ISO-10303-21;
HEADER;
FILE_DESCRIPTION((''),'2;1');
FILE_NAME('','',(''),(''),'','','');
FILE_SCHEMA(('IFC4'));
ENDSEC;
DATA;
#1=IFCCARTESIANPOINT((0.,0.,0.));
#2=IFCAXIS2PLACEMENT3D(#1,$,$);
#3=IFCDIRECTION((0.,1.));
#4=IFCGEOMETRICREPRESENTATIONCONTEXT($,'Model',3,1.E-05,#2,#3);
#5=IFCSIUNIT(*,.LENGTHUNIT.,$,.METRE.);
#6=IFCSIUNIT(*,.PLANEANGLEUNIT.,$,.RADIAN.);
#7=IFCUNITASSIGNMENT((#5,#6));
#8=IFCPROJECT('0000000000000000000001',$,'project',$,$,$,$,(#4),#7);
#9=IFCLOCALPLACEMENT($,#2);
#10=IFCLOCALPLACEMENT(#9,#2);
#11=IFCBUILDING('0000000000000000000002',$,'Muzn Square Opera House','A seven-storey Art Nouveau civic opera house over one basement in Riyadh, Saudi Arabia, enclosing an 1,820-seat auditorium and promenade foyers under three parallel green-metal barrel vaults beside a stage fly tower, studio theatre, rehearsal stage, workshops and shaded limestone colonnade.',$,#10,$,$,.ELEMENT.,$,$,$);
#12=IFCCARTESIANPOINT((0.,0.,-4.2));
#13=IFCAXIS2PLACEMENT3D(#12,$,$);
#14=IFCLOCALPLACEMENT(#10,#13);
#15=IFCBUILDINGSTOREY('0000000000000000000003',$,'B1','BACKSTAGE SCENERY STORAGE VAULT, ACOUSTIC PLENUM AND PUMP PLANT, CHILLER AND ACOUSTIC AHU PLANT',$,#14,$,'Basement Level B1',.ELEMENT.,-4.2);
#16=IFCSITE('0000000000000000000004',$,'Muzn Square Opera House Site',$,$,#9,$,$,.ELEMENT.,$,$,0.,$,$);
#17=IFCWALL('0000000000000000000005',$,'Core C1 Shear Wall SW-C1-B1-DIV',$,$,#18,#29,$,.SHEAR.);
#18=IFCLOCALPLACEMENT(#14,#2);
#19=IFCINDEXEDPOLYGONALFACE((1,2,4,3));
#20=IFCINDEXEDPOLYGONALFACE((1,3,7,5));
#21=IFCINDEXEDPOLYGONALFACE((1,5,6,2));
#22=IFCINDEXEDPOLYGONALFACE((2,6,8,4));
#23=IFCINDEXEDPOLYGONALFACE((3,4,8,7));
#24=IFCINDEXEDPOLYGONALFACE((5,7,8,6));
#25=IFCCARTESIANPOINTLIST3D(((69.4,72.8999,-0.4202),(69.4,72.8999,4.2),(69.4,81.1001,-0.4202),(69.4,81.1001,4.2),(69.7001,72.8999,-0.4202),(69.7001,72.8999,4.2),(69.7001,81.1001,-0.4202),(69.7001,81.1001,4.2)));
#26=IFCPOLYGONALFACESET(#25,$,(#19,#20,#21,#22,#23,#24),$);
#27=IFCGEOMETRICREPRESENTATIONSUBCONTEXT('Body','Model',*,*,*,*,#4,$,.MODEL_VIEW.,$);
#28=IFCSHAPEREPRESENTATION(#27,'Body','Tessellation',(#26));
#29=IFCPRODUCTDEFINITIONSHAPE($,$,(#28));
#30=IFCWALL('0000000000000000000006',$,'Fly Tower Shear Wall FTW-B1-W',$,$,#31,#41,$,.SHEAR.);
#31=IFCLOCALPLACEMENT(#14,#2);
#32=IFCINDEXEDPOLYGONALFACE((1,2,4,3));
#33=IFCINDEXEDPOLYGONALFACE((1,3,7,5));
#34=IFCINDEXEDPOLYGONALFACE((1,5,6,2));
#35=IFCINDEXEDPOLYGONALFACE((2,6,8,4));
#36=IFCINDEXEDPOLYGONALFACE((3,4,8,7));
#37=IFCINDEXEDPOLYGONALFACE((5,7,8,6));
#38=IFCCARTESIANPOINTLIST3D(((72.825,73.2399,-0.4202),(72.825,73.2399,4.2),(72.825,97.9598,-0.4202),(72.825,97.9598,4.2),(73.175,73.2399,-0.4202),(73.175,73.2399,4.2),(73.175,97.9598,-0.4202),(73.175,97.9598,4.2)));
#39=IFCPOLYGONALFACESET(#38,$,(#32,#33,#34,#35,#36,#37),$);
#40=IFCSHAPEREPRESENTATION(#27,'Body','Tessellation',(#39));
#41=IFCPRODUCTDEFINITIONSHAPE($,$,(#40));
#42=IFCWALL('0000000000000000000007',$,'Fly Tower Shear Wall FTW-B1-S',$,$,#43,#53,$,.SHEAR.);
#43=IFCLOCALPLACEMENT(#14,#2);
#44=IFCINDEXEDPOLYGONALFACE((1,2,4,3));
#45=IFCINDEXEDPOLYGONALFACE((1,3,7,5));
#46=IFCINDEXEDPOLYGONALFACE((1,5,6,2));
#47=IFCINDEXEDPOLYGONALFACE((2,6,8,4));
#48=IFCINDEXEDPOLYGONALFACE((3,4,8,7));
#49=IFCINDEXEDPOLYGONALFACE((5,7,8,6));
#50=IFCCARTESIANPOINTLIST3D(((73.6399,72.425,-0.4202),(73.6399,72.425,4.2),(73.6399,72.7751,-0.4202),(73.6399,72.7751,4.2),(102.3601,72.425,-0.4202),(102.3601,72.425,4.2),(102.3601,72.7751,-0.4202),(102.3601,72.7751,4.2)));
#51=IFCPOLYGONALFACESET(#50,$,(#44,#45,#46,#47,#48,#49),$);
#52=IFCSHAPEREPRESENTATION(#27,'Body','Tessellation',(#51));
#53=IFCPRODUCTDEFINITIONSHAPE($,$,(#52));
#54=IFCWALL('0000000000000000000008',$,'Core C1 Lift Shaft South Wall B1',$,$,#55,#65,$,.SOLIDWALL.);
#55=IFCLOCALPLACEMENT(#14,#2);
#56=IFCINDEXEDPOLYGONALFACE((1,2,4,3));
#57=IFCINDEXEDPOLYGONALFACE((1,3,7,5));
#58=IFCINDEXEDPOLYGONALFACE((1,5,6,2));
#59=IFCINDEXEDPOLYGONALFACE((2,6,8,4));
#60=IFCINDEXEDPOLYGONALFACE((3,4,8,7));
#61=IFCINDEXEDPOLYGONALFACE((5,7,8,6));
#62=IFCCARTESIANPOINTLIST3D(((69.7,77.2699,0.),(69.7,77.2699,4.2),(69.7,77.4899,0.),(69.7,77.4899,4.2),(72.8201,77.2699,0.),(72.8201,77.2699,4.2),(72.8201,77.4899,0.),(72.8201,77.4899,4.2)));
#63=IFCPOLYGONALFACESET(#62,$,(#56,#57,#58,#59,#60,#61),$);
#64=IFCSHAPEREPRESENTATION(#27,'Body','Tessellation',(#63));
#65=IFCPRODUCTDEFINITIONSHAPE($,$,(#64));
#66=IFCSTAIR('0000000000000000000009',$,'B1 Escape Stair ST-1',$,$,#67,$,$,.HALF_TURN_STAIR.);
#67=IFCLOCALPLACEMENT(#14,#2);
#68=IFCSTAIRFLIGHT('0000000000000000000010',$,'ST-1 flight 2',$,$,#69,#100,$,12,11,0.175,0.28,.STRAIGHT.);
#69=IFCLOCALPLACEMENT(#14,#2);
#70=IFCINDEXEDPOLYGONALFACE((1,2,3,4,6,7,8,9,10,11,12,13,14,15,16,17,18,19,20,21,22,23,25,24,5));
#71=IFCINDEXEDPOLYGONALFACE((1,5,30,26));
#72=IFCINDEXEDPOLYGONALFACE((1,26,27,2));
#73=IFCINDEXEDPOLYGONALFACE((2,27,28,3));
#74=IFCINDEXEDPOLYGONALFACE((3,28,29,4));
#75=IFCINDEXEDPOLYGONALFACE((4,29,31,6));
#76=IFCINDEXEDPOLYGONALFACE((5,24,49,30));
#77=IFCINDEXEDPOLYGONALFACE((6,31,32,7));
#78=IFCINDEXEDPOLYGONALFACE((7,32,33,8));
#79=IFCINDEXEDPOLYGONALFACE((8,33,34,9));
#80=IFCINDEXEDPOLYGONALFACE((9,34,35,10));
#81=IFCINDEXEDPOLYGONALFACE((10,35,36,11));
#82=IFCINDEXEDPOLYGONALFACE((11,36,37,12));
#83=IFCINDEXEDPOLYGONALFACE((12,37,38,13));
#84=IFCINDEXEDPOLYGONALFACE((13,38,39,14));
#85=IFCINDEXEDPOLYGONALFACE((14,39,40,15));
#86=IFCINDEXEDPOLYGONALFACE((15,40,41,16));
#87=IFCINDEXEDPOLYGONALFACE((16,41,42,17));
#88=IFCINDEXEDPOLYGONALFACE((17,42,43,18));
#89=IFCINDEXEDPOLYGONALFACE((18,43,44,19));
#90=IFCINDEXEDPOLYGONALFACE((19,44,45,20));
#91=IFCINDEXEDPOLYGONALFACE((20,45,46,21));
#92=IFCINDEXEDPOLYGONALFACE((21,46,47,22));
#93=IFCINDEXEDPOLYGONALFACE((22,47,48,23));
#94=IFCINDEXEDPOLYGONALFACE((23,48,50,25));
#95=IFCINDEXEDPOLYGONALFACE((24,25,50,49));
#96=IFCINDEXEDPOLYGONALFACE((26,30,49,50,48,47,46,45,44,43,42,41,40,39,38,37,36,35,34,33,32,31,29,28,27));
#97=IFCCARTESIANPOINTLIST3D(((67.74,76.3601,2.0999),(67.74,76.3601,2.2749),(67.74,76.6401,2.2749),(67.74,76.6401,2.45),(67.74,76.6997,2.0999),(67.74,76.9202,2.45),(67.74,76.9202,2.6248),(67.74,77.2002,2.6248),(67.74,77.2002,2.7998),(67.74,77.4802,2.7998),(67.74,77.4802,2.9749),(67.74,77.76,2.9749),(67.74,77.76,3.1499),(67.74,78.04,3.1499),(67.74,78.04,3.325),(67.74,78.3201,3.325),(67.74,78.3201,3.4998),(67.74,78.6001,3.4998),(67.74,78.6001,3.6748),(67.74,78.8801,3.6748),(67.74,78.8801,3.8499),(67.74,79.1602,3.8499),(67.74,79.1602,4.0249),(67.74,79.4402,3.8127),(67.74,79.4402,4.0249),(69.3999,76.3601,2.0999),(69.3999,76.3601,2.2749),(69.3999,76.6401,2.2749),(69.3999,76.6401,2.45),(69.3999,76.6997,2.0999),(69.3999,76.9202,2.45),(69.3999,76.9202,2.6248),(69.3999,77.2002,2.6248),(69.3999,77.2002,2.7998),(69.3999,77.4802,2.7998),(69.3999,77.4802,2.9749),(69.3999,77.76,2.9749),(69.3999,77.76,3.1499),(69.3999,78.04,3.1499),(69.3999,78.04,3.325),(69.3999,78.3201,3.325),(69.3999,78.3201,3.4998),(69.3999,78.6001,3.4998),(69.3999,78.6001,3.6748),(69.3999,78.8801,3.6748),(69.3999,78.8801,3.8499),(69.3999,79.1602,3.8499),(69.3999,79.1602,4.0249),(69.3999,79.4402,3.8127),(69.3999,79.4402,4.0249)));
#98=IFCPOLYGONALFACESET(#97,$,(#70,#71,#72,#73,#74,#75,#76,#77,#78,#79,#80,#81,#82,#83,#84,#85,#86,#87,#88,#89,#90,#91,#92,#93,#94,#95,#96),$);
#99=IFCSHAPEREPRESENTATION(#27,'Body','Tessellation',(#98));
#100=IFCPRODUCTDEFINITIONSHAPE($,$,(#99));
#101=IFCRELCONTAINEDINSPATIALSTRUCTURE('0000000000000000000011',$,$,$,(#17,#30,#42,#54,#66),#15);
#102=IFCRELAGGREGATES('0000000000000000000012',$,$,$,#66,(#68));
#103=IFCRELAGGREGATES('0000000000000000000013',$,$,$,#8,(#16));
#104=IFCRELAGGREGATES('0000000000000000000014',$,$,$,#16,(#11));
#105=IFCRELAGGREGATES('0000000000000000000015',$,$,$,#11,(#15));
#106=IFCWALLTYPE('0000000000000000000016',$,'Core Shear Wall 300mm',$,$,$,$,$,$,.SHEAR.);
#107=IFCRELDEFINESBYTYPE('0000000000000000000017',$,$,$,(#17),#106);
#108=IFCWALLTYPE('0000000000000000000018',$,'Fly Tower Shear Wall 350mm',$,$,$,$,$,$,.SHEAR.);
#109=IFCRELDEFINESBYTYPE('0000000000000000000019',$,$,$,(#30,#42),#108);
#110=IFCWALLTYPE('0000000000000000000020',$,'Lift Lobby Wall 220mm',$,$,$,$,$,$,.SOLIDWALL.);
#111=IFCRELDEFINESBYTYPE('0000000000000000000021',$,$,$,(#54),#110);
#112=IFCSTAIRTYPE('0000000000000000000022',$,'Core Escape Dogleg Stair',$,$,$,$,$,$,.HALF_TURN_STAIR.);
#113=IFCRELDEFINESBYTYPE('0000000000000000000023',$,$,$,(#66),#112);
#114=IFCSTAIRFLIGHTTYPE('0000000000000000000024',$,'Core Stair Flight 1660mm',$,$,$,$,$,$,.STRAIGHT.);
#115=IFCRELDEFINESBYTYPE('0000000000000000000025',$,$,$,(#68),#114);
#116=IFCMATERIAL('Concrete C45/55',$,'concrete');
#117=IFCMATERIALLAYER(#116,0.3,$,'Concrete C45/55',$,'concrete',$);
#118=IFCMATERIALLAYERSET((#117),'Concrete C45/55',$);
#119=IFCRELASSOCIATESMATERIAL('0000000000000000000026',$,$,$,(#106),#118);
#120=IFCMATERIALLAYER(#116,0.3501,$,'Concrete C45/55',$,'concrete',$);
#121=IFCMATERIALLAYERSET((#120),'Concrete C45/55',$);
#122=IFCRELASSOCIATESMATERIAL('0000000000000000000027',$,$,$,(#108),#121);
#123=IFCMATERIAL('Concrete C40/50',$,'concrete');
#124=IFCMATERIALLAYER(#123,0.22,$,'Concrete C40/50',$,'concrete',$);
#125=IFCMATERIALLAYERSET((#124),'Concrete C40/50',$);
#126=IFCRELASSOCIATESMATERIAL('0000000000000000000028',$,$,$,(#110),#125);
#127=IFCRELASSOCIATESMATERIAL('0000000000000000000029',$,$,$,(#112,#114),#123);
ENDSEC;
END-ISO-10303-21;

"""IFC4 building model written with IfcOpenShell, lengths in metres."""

from ifc_helpers import new_model, si_unit, direction, frame, frame_2d, origin, place, context, subcontext, project, spatial, polyline, rectangle, outline, extrude, material, layer, layer_set, type_object, element, aggregate, save


model = new_model("IFC4")

# Units and contexts
model_context = context("Model", 3, precision=1e-05, world=origin(), true_north=direction((0.0, 1.0)))
body_context = subcontext(model_context, "Body", "Model", "MODEL_VIEW")
ifc_project = project(units=[si_unit("LENGTHUNIT", "METRE"), si_unit("PLANEANGLEUNIT", "RADIAN")], contexts=[model_context])

# Site, building, storey
site_placement = place(None, origin())
site = spatial("IfcSite", under=ifc_project, at=site_placement, Name="Muzn Square Opera House Site", CompositionType="ELEMENT", RefElevation=0.0)
building_placement = place(site_placement, origin())
building = spatial("IfcBuilding", under=site, at=building_placement, Name="Muzn Square Opera House", Description="A seven-storey Art Nouveau civic opera house over one basement in Riyadh, Saudi Arabia, enclosing an 1,820-seat auditorium and promenade foyers under three parallel green-metal barrel vaults beside a stage fly tower, studio theatre, rehearsal stage, workshops and shaded limestone colonnade.", CompositionType="ELEMENT")
storey_placement = place(building_placement, frame((0.0, 0.0, -4.2)))
storey = spatial("IfcBuildingStorey", under=building, at=storey_placement, Name="B1", Description="BACKSTAGE SCENERY STORAGE VAULT, ACOUSTIC PLENUM AND PUMP PLANT, CHILLER AND ACOUSTIC AHU PLANT", LongName="Basement Level B1", CompositionType="ELEMENT", Elevation=-4.2)

# Shared definitions
ifc_material_1 = material(Name="Concrete C40/50", Category="concrete")

# Shared definitions
ifc_material_2 = material(Name="Concrete C45/55", Category="concrete")

# Walls
ifc_layer_1 = layer(ifc_material_2, 0.3, Name="Concrete C45/55", Category="concrete")
ifc_layer_set_1 = layer_set([ifc_layer_1], Name="Concrete C45/55")
wall_type_1 = type_object("IfcWallType", Name="Core Shear Wall 300mm", PredefinedType="SHEAR", material=ifc_layer_set_1)
wall_1_placement = place(storey_placement, frame((69.55, 72.8999, -0.4202), z_axis=(0.0, 0.0, 1.0), x_axis=(0.0, 1.0, 0.0)))
element("IfcWall", 1, at=wall_1_placement, inside=storey, type_object=wall_type_1, Name="Core C1 Shear Wall SW-C1-B1-DIV", PredefinedType="SHEAR", context=body_context, shape_type="SweptSolid", body=[
    extrude(rectangle(XDim=8.2002, YDim=0.3, at=frame_2d((4.1001, 0.0))), origin(), (0.0, 0.0, 1.0), 4.6201),
])
ifc_layer_2 = layer(ifc_material_2, 0.3501, Name="Concrete C45/55", Category="concrete")
ifc_layer_set_2 = layer_set([ifc_layer_2], Name="Concrete C45/55")
wall_type_2 = type_object("IfcWallType", Name="Fly Tower Shear Wall 350mm", PredefinedType="SHEAR", material=ifc_layer_set_2)
wall_2_placement = place(storey_placement, frame((73.0, 73.24, -0.4202), z_axis=(0.0, 0.0, 1.0), x_axis=(0.0, 1.0, 0.0)))
element("IfcWall", 2, at=wall_2_placement, inside=storey, type_object=wall_type_2, Name="Fly Tower Shear Wall FTW-B1-W", PredefinedType="SHEAR", context=body_context, shape_type="SweptSolid", body=[
    extrude(rectangle(XDim=24.72, YDim=0.3501, at=frame_2d((12.3599, 0.0))), origin(), (0.0, 0.0, 1.0), 4.6201),
])
wall_3_placement = place(storey_placement, frame((73.6399, 72.6001, -0.4202), z_axis=(0.0, 0.0, 1.0), x_axis=(1.0, 0.0, 0.0)))
element("IfcWall", 3, at=wall_3_placement, inside=storey, type_object=wall_type_2, Name="Fly Tower Shear Wall FTW-B1-S", PredefinedType="SHEAR", context=body_context, shape_type="SweptSolid", body=[
    extrude(rectangle(XDim=28.7202, YDim=0.3501, at=frame_2d((14.3601, 0.0))), origin(), (0.0, 0.0, 1.0), 4.6201),
])
ifc_layer_3 = layer(ifc_material_1, 0.22, Name="Concrete C40/50", Category="concrete")
ifc_layer_set_3 = layer_set([ifc_layer_3], Name="Concrete C40/50")
wall_type_3 = type_object("IfcWallType", Name="Lift Lobby Wall 220mm", PredefinedType="SOLIDWALL", material=ifc_layer_set_3)
wall_4_placement = place(storey_placement, frame((69.7, 77.3799, 0.0), z_axis=(0.0, 0.0, 1.0), x_axis=(1.0, 0.0, 0.0)))
element("IfcWall", 4, at=wall_4_placement, inside=storey, type_object=wall_type_3, Name="Core C1 Lift Shaft South Wall B1", PredefinedType="SOLIDWALL", context=body_context, shape_type="SweptSolid", body=[
    extrude(rectangle(XDim=3.1201, YDim=0.22, at=frame_2d((1.5601, 0.0))), origin(), (0.0, 0.0, 1.0), 4.2),
])

# Stair, stair flight
stair_type = type_object("IfcStairType", Name="Core Escape Dogleg Stair", PredefinedType="HALF_TURN_STAIR", material=ifc_material_1)
stair_placement = place(storey_placement, origin())
stair = element("IfcStair", 5, at=stair_placement, inside=storey, type_object=stair_type, Name="B1 Escape Stair ST-1", PredefinedType="HALF_TURN_STAIR")
stair_flight_type = type_object("IfcStairFlightType", Name="Core Stair Flight 1660mm", PredefinedType="STRAIGHT", material=ifc_material_1)
stair_flight_placement = place(storey_placement, frame((68.5701, 76.3601, 2.0999), z_axis=(0.0, 0.0, 1.0), x_axis=(0.0, 1.0, 0.0)))
stair_flight = element("IfcStairFlight", 6, at=stair_flight_placement, type_object=stair_flight_type, Name="ST-1 flight 2", NumberOfRisers=12, NumberOfTreads=11, PredefinedType="STRAIGHT", RiserHeight=0.175, TreadLength=0.28, context=body_context, shape_type="SweptSolid", body=[
    extrude(outline(polyline([(0.0, 0.0), (0.0, 0.175), (0.28, 0.175), (0.28, 0.3501), (0.5601, 0.3501), (0.5601, 0.5249), (0.8401, 0.5249), (0.8401, 0.7), (1.1201, 0.7), (1.1201, 0.875), (1.3999, 0.875), (1.3999, 1.05), (1.6799, 1.05), (1.6799, 1.2251), (1.96, 1.2251), (1.96, 1.3999), (2.24, 1.3999), (2.24, 1.575), (2.52, 1.575), (2.52, 1.75), (2.8, 1.75), (2.8, 1.925), (3.0801, 1.925), (3.0801, 2.1001), (3.0801, 1.7129), (0.3396, 0.0), (0.0, 0.0)])), frame((0.0, 0.8301, 0.0), z_axis=(0.0, -1.0, 0.0), x_axis=(1.0, 0.0, 0.0)), (0.0, 0.0, 1.0), 1.6599),
])
aggregate(stair, [stair_flight])

save(model, "model.ifc")
